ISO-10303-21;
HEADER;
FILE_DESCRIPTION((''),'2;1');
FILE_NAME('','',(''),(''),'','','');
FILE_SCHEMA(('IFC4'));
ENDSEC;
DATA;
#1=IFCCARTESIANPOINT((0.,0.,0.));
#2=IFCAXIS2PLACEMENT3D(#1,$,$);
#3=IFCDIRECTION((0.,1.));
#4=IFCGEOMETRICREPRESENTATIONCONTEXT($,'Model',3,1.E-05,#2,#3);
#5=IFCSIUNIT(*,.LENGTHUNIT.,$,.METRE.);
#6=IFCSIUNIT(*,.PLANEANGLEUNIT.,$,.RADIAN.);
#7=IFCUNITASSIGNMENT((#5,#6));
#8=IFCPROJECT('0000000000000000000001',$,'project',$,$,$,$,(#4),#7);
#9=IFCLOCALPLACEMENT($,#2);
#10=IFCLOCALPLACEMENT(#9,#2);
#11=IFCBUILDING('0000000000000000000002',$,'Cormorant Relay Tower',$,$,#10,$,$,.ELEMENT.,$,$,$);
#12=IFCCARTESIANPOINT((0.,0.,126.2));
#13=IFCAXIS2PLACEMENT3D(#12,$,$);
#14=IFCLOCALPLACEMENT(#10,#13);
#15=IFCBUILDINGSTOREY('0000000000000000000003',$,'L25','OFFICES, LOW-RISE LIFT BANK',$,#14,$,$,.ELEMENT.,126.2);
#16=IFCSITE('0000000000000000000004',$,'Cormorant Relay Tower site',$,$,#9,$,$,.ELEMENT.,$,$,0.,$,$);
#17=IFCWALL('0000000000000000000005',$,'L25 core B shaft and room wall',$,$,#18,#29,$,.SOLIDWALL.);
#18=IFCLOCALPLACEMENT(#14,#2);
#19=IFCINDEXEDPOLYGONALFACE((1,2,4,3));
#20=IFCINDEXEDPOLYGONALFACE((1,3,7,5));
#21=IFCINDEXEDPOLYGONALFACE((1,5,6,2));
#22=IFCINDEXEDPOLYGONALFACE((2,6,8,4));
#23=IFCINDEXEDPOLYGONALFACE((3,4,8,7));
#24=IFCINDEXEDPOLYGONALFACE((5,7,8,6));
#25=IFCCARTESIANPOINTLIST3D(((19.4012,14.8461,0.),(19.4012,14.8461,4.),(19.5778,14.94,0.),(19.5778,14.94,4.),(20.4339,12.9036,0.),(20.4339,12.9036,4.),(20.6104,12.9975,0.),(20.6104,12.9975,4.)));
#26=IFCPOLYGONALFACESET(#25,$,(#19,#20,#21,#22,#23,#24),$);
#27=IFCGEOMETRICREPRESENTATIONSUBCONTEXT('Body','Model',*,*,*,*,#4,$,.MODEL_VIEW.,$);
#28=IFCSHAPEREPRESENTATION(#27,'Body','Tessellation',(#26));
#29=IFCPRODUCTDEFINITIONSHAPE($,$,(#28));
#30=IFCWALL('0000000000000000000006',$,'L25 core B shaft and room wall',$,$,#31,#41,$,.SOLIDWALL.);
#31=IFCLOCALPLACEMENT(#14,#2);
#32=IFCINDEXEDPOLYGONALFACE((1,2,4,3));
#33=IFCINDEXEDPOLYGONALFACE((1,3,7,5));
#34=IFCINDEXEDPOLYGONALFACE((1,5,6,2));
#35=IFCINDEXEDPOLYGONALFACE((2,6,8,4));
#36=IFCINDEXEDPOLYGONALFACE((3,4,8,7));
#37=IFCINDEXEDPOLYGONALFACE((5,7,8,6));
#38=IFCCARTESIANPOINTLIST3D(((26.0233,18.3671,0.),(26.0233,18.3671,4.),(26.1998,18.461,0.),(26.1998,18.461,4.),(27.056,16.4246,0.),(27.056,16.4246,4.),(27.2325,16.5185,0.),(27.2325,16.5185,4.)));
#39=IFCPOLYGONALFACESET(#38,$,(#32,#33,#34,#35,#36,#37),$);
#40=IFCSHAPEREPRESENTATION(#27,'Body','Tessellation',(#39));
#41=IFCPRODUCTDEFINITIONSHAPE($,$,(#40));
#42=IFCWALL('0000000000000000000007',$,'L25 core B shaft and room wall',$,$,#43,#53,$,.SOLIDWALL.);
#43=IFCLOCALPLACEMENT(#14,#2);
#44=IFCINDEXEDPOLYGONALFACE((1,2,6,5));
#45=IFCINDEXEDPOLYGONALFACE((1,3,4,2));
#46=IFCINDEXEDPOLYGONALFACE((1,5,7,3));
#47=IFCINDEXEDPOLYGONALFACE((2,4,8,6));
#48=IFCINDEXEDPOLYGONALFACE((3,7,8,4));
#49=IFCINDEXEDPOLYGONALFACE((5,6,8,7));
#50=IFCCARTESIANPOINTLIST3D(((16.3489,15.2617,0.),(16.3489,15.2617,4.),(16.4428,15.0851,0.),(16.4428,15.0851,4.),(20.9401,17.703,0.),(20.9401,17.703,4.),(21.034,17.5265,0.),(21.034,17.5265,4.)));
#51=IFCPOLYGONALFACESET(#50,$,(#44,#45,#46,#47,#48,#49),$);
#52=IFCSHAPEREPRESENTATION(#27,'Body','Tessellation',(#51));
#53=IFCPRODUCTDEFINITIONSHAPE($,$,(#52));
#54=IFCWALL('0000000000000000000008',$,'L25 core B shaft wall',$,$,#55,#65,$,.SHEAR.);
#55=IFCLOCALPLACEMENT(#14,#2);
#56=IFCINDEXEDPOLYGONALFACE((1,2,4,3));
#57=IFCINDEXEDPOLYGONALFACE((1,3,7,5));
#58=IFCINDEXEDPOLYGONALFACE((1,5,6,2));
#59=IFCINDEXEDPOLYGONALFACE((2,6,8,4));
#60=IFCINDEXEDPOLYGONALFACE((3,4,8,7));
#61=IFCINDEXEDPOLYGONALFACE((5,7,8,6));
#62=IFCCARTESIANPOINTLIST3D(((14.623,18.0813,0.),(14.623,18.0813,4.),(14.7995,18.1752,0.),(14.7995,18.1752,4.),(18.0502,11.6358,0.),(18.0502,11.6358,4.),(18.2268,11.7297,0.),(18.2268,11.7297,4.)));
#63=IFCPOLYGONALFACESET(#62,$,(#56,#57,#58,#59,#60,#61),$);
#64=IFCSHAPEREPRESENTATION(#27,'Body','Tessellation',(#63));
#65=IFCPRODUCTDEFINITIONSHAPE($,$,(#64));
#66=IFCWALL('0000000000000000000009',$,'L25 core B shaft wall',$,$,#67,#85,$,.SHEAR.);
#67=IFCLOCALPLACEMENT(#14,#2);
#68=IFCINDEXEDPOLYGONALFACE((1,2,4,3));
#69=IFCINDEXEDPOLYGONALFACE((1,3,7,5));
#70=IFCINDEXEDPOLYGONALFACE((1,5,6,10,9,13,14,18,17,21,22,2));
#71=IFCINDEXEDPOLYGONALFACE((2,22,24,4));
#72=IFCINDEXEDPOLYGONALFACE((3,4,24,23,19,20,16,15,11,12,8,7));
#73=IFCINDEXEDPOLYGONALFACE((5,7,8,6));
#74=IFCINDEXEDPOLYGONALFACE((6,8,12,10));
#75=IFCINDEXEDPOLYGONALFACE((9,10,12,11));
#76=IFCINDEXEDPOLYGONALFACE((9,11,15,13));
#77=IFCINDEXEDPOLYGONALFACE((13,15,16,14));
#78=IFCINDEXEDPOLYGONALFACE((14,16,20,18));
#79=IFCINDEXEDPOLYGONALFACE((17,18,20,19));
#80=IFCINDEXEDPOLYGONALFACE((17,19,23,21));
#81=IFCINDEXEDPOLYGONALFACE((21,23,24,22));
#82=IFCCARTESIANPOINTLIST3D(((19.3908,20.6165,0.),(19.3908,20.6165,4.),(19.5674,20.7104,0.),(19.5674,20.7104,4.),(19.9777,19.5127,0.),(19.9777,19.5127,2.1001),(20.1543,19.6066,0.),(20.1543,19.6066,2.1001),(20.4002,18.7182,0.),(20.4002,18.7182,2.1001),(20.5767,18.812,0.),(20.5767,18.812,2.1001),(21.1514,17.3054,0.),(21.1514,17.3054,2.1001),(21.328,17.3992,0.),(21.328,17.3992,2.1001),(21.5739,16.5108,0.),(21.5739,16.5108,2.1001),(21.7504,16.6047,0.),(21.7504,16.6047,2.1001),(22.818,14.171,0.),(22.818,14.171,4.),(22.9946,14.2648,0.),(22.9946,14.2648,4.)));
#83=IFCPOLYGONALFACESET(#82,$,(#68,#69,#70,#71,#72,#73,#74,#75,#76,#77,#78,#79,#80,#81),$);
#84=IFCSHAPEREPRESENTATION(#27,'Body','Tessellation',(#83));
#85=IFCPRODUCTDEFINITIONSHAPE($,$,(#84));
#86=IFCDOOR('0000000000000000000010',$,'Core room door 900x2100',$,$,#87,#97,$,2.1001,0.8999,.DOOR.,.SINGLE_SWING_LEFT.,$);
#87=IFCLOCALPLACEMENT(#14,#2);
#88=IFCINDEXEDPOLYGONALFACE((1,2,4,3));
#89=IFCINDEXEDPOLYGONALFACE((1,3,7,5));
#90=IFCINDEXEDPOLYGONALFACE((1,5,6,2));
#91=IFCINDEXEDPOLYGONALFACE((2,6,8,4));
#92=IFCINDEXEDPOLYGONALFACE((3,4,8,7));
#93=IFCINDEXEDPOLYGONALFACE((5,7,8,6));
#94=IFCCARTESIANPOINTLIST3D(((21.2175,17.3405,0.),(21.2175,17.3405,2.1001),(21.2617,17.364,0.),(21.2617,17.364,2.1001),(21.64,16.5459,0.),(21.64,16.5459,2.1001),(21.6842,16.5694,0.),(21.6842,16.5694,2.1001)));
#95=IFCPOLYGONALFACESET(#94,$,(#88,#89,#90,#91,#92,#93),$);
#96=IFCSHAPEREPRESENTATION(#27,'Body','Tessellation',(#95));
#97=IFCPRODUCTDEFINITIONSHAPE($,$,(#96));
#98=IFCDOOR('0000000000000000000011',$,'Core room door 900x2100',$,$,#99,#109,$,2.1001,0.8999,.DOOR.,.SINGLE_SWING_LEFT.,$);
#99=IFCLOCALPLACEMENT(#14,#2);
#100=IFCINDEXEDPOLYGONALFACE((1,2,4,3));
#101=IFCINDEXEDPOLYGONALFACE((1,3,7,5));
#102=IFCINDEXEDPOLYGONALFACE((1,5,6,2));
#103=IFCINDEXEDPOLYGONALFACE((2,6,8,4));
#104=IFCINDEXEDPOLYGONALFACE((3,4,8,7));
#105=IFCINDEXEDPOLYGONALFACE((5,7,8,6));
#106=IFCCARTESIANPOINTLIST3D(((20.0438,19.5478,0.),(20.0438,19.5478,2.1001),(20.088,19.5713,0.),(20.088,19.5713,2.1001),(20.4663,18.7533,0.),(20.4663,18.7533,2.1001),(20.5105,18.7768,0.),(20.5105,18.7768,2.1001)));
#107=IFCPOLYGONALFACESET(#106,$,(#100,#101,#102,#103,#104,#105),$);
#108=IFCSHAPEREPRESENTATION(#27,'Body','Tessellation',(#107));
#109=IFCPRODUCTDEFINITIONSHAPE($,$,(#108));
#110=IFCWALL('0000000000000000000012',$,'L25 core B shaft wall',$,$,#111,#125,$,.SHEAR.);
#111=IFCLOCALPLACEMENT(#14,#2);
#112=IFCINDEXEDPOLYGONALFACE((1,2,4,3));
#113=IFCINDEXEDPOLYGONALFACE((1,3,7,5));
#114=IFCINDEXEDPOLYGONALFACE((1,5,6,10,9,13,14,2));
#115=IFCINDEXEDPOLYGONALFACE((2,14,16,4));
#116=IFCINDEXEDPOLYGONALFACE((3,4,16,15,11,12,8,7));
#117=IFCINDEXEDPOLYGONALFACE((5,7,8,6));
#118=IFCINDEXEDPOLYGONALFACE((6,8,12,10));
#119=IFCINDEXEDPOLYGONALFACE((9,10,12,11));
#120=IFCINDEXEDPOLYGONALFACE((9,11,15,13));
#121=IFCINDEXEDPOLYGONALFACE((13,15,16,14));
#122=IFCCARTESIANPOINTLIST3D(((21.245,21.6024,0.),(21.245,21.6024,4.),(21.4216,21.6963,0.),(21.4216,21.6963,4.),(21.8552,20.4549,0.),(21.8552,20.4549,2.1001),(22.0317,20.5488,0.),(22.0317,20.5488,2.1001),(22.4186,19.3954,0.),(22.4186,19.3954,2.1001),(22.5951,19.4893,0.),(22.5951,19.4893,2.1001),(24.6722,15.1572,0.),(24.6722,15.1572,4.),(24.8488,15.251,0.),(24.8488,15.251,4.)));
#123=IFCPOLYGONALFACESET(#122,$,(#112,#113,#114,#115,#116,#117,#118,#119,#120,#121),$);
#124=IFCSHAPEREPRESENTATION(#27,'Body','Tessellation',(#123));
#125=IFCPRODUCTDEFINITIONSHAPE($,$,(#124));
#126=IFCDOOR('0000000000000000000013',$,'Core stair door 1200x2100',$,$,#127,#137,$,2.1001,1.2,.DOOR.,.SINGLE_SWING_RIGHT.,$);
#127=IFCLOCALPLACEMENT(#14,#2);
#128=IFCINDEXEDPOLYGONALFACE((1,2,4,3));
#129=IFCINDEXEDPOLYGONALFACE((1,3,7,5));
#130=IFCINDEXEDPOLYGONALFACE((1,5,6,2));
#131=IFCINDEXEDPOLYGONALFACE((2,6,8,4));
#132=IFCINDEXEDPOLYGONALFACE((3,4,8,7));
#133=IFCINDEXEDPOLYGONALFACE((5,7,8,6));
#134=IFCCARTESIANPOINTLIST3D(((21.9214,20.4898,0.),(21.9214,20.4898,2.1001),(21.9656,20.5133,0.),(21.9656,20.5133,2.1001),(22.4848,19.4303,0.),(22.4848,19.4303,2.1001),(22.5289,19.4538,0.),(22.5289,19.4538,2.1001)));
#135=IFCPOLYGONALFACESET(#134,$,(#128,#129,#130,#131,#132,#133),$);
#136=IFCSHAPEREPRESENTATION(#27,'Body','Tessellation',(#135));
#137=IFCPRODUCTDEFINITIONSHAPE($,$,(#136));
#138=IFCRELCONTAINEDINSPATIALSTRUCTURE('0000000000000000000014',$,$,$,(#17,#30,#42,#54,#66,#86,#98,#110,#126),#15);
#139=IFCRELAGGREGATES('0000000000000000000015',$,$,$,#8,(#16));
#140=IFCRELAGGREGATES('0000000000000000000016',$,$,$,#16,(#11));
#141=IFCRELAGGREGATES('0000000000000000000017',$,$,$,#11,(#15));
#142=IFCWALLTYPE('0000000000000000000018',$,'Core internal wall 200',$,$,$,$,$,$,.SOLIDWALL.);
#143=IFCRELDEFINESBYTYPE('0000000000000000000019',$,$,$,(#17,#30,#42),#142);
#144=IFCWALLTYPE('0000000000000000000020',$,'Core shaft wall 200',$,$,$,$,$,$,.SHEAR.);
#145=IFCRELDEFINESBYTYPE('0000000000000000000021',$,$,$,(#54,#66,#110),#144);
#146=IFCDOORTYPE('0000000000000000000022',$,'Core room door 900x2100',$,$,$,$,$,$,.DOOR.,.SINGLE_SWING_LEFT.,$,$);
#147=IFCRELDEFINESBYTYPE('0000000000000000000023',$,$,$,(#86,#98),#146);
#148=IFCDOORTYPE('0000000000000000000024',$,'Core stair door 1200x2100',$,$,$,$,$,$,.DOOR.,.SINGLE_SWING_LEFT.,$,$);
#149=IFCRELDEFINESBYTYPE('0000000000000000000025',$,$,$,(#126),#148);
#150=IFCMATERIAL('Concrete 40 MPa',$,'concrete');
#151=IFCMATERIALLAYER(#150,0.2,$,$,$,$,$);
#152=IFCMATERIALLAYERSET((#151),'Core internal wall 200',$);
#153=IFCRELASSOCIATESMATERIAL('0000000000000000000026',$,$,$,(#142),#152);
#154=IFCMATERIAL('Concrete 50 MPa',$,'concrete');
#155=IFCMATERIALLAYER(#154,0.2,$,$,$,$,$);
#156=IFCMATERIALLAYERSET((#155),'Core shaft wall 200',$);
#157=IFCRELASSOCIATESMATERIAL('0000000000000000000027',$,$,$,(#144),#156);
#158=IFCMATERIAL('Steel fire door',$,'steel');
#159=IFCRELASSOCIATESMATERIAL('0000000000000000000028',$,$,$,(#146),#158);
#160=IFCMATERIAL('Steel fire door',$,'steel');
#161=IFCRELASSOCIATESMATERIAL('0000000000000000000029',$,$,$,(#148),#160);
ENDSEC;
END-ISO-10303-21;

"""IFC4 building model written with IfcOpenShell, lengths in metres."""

from ifc_helpers import new_model, si_unit, direction, frame, frame_2d, origin, place, context, subcontext, project, spatial, rectangle, extrude, material, layer, layer_set, type_object, element, fill, save


model = new_model("IFC4")

# Units and contexts
model_context = context("Model", 3, precision=1e-05, world=origin(), true_north=direction((0.0, 1.0)))
body_context = subcontext(model_context, "Body", "Model", "MODEL_VIEW")
ifc_project = project(units=[si_unit("LENGTHUNIT", "METRE"), si_unit("PLANEANGLEUNIT", "RADIAN")], contexts=[model_context])

# Site, building, storey
site_placement = place(None, origin())
site = spatial("IfcSite", under=ifc_project, at=site_placement, Name="Cormorant Relay Tower site", CompositionType="ELEMENT", RefElevation=0.0)
building_placement = place(site_placement, origin())
building = spatial("IfcBuilding", under=site, at=building_placement, Name="Cormorant Relay Tower", CompositionType="ELEMENT")
storey_placement = place(building_placement, frame((0.0, 0.0, 126.2)))
storey = spatial("IfcBuildingStorey", under=building, at=storey_placement, Name="L25", Description="OFFICES, LOW-RISE LIFT BANK", CompositionType="ELEMENT", Elevation=126.2)

# Walls
ifc_material_1 = material(Name="Concrete 40 MPa", Category="concrete")
ifc_layer_1 = layer(ifc_material_1, 0.2)
ifc_layer_set_1 = layer_set([ifc_layer_1], Name="Core internal wall 200")
wall_type_1 = type_object("IfcWallType", Name="Core internal wall 200", PredefinedType="SOLIDWALL", material=ifc_layer_set_1)
for number, where, z_axis, x_axis, name in (
    (1, (20.5222, 12.9504, 0.0), (0.0, 0.0, 1.0), (-0.469401, 0.882985, 0.0), "L25 core B shaft and room wall"),
    (2, (27.1443, 16.4714, 0.0), (0.0, 0.0, 1.0), (-0.469401, 0.882985, 0.0), "L25 core B shaft and room wall"),
):
    element("IfcWall", number, at=place(storey_placement, frame(where, z_axis=z_axis, x_axis=x_axis)), inside=storey, type_object=wall_type_1, Name=name, PredefinedType="SOLIDWALL", context=body_context, shape_type="SweptSolid", body=[
        extrude(rectangle(XDim=2.2, YDim=0.2, at=frame_2d((1.1001, 0.0))), origin(), (0.0, 0.0, 1.0), 4.0),
    ])
wall_1_placement = place(storey_placement, frame((16.3958, 15.1733, 0.0), z_axis=(0.0, 0.0, 1.0), x_axis=(0.882935, 0.469496, 0.0)))
element("IfcWall", 3, at=wall_1_placement, inside=storey, type_object=wall_type_1, Name="L25 core B shaft and room wall", PredefinedType="SOLIDWALL", context=body_context, shape_type="SweptSolid", body=[
    extrude(rectangle(XDim=5.2, YDim=0.2, at=frame_2d((2.6001, 0.0))), origin(), (0.0, 0.0, 1.0), 4.0),
])
ifc_material_2 = material(Name="Concrete 50 MPa", Category="concrete")
ifc_layer_2 = layer(ifc_material_2, 0.2)
ifc_layer_set_2 = layer_set([ifc_layer_2], Name="Core shaft wall 200")
wall_type_2 = type_object("IfcWallType", Name="Core shaft wall 200", PredefinedType="SHEAR", material=ifc_layer_set_2)
wall_2_placement = place(storey_placement, frame((18.1384, 11.6829, 0.0), z_axis=(0.0, 0.0, 1.0), x_axis=(-0.46948, 0.882943, 0.0)))
element("IfcWall", 4, at=wall_2_placement, inside=storey, type_object=wall_type_2, Name="L25 core B shaft wall", PredefinedType="SHEAR", context=body_context, shape_type="SweptSolid", body=[
    extrude(rectangle(XDim=7.3, YDim=0.2, at=frame_2d((3.6499, 0.0))), origin(), (0.0, 0.0, 1.0), 4.0),
])

# Wall, openings, doors
wall_3_placement = place(storey_placement, frame((22.9062, 14.218, 0.0), z_axis=(0.0, 0.0, 1.0), x_axis=(-0.46948, 0.882943, 0.0)))
wall_3 = element("IfcWall", 5, at=wall_3_placement, inside=storey, type_object=wall_type_2, Name="L25 core B shaft wall", PredefinedType="SHEAR", context=body_context, shape_type="SweptSolid", body=[
    extrude(rectangle(XDim=7.3, YDim=0.2, at=frame_2d((3.6499, 0.0))), origin(), (0.0, 0.0, 1.0), 4.0),
])
opening_1_placement = place(wall_3_placement, frame((2.6499, 0.0, 0.0)))
opening_1 = element("IfcOpeningElement", 6, at=opening_1_placement, cuts=wall_3, PredefinedType="OPENING", context=body_context, shape_type="SweptSolid", body=[
    extrude(rectangle(XDim=0.8999, YDim=2.1001, at=frame_2d((0.45, 1.05))), frame((0.0, 0.1099, 0.0), z_axis=(0.0, -1.0, 0.0), x_axis=(1.0, 0.0, 0.0)), (0.0, 0.0, 1.0), 0.22),
])
opening_2_placement = place(wall_3_placement, frame((5.1499, 0.0, 0.0)))
opening_2 = element("IfcOpeningElement", 7, at=opening_2_placement, cuts=wall_3, PredefinedType="OPENING", context=body_context, shape_type="SweptSolid", body=[
    extrude(rectangle(XDim=0.8999, YDim=2.1001, at=frame_2d((0.45, 1.05))), frame((0.0, 0.1099, 0.0), z_axis=(0.0, -1.0, 0.0), x_axis=(1.0, 0.0, 0.0)), (0.0, 0.0, 1.0), 0.22),
])
ifc_material_3 = material(Name="Steel fire door", Category="steel")
door_type_1 = type_object("IfcDoorType", Name="Core room door 900x2100", OperationType="SINGLE_SWING_LEFT", PredefinedType="DOOR", material=ifc_material_3)
door_1_placement = place(opening_1_placement, frame((0.8999, 0.0, 0.0), z_axis=(0.0, 0.0, 1.0), x_axis=(-1.0, 0.0, 0.0)))
door_1 = element("IfcDoor", 8, at=door_1_placement, inside=storey, type_object=door_type_1, Name="Core room door 900x2100", OperationType="SINGLE_SWING_LEFT", OverallHeight=2.1001, OverallWidth=0.8999, PredefinedType="DOOR", context=body_context, shape_type="SweptSolid", body=[
    extrude(rectangle(XDim=0.8999, YDim=2.1001, at=frame_2d((0.45, 1.05))), frame((0.0, 0.0249, 0.0), z_axis=(0.0, -1.0, 0.0), x_axis=(1.0, 0.0, 0.0)), (0.0, 0.0, 1.0), 0.05),
])
fill(opening_1, door_1)
door_2_placement = place(opening_2_placement, frame((0.8999, 0.0, 0.0), z_axis=(0.0, 0.0, 1.0), x_axis=(-1.0, 0.0, 0.0)))
door_2 = element("IfcDoor", 9, at=door_2_placement, inside=storey, type_object=door_type_1, Name="Core room door 900x2100", OperationType="SINGLE_SWING_LEFT", OverallHeight=2.1001, OverallWidth=0.8999, PredefinedType="DOOR", context=body_context, shape_type="SweptSolid", body=[
    extrude(rectangle(XDim=0.8999, YDim=2.1001, at=frame_2d((0.45, 1.05))), frame((0.0, 0.0249, 0.0), z_axis=(0.0, -1.0, 0.0), x_axis=(1.0, 0.0, 0.0)), (0.0, 0.0, 1.0), 0.05),
])
fill(opening_2, door_2)

# Wall, opening, door
wall_4_placement = place(storey_placement, frame((24.7605, 15.2041, 0.0), z_axis=(0.0, 0.0, 1.0), x_axis=(-0.469494, 0.882936, 0.0)))
wall_4 = element("IfcWall", 10, at=wall_4_placement, inside=storey, type_object=wall_type_2, Name="L25 core B shaft wall", PredefinedType="SHEAR", context=body_context, shape_type="SweptSolid", body=[
    extrude(rectangle(XDim=7.2998, YDim=0.2, at=frame_2d((3.6499, 0.0))), origin(), (0.0, 0.0, 1.0), 4.0),
])
opening_3_placement = place(wall_4_placement, frame((4.8, 0.0, 0.0)))
opening_3 = element("IfcOpeningElement", 11, at=opening_3_placement, cuts=wall_4, PredefinedType="OPENING", context=body_context, shape_type="SweptSolid", body=[
    extrude(rectangle(XDim=1.2, YDim=2.1001, at=frame_2d((0.6001, 1.05))), frame((0.0, 0.1099, 0.0), z_axis=(0.0, -1.0, 0.0), x_axis=(1.0, 0.0, 0.0)), (0.0, 0.0, 1.0), 0.22),
])
ifc_material_4 = material(Name="Steel fire door", Category="steel")
door_type_2 = type_object("IfcDoorType", Name="Core stair door 1200x2100", OperationType="SINGLE_SWING_LEFT", PredefinedType="DOOR", material=ifc_material_4)
door_3_placement = place(opening_3_placement, frame((1.2, 0.0, 0.0), z_axis=(0.0, 0.0, 1.0), x_axis=(-1.0, 0.0, 0.0)))
door_3 = element("IfcDoor", 12, at=door_3_placement, inside=storey, type_object=door_type_2, Name="Core stair door 1200x2100", OperationType="SINGLE_SWING_RIGHT", OverallHeight=2.1001, OverallWidth=1.2, PredefinedType="DOOR", context=body_context, shape_type="SweptSolid", body=[
    extrude(rectangle(XDim=1.2, YDim=2.1001, at=frame_2d((0.6001, 1.05))), frame((0.0, 0.0249, 0.0), z_axis=(0.0, -1.0, 0.0), x_axis=(1.0, 0.0, 0.0)), (0.0, 0.0, 1.0), 0.05),
])
fill(opening_3, door_3)

save(model, "model.ifc")
